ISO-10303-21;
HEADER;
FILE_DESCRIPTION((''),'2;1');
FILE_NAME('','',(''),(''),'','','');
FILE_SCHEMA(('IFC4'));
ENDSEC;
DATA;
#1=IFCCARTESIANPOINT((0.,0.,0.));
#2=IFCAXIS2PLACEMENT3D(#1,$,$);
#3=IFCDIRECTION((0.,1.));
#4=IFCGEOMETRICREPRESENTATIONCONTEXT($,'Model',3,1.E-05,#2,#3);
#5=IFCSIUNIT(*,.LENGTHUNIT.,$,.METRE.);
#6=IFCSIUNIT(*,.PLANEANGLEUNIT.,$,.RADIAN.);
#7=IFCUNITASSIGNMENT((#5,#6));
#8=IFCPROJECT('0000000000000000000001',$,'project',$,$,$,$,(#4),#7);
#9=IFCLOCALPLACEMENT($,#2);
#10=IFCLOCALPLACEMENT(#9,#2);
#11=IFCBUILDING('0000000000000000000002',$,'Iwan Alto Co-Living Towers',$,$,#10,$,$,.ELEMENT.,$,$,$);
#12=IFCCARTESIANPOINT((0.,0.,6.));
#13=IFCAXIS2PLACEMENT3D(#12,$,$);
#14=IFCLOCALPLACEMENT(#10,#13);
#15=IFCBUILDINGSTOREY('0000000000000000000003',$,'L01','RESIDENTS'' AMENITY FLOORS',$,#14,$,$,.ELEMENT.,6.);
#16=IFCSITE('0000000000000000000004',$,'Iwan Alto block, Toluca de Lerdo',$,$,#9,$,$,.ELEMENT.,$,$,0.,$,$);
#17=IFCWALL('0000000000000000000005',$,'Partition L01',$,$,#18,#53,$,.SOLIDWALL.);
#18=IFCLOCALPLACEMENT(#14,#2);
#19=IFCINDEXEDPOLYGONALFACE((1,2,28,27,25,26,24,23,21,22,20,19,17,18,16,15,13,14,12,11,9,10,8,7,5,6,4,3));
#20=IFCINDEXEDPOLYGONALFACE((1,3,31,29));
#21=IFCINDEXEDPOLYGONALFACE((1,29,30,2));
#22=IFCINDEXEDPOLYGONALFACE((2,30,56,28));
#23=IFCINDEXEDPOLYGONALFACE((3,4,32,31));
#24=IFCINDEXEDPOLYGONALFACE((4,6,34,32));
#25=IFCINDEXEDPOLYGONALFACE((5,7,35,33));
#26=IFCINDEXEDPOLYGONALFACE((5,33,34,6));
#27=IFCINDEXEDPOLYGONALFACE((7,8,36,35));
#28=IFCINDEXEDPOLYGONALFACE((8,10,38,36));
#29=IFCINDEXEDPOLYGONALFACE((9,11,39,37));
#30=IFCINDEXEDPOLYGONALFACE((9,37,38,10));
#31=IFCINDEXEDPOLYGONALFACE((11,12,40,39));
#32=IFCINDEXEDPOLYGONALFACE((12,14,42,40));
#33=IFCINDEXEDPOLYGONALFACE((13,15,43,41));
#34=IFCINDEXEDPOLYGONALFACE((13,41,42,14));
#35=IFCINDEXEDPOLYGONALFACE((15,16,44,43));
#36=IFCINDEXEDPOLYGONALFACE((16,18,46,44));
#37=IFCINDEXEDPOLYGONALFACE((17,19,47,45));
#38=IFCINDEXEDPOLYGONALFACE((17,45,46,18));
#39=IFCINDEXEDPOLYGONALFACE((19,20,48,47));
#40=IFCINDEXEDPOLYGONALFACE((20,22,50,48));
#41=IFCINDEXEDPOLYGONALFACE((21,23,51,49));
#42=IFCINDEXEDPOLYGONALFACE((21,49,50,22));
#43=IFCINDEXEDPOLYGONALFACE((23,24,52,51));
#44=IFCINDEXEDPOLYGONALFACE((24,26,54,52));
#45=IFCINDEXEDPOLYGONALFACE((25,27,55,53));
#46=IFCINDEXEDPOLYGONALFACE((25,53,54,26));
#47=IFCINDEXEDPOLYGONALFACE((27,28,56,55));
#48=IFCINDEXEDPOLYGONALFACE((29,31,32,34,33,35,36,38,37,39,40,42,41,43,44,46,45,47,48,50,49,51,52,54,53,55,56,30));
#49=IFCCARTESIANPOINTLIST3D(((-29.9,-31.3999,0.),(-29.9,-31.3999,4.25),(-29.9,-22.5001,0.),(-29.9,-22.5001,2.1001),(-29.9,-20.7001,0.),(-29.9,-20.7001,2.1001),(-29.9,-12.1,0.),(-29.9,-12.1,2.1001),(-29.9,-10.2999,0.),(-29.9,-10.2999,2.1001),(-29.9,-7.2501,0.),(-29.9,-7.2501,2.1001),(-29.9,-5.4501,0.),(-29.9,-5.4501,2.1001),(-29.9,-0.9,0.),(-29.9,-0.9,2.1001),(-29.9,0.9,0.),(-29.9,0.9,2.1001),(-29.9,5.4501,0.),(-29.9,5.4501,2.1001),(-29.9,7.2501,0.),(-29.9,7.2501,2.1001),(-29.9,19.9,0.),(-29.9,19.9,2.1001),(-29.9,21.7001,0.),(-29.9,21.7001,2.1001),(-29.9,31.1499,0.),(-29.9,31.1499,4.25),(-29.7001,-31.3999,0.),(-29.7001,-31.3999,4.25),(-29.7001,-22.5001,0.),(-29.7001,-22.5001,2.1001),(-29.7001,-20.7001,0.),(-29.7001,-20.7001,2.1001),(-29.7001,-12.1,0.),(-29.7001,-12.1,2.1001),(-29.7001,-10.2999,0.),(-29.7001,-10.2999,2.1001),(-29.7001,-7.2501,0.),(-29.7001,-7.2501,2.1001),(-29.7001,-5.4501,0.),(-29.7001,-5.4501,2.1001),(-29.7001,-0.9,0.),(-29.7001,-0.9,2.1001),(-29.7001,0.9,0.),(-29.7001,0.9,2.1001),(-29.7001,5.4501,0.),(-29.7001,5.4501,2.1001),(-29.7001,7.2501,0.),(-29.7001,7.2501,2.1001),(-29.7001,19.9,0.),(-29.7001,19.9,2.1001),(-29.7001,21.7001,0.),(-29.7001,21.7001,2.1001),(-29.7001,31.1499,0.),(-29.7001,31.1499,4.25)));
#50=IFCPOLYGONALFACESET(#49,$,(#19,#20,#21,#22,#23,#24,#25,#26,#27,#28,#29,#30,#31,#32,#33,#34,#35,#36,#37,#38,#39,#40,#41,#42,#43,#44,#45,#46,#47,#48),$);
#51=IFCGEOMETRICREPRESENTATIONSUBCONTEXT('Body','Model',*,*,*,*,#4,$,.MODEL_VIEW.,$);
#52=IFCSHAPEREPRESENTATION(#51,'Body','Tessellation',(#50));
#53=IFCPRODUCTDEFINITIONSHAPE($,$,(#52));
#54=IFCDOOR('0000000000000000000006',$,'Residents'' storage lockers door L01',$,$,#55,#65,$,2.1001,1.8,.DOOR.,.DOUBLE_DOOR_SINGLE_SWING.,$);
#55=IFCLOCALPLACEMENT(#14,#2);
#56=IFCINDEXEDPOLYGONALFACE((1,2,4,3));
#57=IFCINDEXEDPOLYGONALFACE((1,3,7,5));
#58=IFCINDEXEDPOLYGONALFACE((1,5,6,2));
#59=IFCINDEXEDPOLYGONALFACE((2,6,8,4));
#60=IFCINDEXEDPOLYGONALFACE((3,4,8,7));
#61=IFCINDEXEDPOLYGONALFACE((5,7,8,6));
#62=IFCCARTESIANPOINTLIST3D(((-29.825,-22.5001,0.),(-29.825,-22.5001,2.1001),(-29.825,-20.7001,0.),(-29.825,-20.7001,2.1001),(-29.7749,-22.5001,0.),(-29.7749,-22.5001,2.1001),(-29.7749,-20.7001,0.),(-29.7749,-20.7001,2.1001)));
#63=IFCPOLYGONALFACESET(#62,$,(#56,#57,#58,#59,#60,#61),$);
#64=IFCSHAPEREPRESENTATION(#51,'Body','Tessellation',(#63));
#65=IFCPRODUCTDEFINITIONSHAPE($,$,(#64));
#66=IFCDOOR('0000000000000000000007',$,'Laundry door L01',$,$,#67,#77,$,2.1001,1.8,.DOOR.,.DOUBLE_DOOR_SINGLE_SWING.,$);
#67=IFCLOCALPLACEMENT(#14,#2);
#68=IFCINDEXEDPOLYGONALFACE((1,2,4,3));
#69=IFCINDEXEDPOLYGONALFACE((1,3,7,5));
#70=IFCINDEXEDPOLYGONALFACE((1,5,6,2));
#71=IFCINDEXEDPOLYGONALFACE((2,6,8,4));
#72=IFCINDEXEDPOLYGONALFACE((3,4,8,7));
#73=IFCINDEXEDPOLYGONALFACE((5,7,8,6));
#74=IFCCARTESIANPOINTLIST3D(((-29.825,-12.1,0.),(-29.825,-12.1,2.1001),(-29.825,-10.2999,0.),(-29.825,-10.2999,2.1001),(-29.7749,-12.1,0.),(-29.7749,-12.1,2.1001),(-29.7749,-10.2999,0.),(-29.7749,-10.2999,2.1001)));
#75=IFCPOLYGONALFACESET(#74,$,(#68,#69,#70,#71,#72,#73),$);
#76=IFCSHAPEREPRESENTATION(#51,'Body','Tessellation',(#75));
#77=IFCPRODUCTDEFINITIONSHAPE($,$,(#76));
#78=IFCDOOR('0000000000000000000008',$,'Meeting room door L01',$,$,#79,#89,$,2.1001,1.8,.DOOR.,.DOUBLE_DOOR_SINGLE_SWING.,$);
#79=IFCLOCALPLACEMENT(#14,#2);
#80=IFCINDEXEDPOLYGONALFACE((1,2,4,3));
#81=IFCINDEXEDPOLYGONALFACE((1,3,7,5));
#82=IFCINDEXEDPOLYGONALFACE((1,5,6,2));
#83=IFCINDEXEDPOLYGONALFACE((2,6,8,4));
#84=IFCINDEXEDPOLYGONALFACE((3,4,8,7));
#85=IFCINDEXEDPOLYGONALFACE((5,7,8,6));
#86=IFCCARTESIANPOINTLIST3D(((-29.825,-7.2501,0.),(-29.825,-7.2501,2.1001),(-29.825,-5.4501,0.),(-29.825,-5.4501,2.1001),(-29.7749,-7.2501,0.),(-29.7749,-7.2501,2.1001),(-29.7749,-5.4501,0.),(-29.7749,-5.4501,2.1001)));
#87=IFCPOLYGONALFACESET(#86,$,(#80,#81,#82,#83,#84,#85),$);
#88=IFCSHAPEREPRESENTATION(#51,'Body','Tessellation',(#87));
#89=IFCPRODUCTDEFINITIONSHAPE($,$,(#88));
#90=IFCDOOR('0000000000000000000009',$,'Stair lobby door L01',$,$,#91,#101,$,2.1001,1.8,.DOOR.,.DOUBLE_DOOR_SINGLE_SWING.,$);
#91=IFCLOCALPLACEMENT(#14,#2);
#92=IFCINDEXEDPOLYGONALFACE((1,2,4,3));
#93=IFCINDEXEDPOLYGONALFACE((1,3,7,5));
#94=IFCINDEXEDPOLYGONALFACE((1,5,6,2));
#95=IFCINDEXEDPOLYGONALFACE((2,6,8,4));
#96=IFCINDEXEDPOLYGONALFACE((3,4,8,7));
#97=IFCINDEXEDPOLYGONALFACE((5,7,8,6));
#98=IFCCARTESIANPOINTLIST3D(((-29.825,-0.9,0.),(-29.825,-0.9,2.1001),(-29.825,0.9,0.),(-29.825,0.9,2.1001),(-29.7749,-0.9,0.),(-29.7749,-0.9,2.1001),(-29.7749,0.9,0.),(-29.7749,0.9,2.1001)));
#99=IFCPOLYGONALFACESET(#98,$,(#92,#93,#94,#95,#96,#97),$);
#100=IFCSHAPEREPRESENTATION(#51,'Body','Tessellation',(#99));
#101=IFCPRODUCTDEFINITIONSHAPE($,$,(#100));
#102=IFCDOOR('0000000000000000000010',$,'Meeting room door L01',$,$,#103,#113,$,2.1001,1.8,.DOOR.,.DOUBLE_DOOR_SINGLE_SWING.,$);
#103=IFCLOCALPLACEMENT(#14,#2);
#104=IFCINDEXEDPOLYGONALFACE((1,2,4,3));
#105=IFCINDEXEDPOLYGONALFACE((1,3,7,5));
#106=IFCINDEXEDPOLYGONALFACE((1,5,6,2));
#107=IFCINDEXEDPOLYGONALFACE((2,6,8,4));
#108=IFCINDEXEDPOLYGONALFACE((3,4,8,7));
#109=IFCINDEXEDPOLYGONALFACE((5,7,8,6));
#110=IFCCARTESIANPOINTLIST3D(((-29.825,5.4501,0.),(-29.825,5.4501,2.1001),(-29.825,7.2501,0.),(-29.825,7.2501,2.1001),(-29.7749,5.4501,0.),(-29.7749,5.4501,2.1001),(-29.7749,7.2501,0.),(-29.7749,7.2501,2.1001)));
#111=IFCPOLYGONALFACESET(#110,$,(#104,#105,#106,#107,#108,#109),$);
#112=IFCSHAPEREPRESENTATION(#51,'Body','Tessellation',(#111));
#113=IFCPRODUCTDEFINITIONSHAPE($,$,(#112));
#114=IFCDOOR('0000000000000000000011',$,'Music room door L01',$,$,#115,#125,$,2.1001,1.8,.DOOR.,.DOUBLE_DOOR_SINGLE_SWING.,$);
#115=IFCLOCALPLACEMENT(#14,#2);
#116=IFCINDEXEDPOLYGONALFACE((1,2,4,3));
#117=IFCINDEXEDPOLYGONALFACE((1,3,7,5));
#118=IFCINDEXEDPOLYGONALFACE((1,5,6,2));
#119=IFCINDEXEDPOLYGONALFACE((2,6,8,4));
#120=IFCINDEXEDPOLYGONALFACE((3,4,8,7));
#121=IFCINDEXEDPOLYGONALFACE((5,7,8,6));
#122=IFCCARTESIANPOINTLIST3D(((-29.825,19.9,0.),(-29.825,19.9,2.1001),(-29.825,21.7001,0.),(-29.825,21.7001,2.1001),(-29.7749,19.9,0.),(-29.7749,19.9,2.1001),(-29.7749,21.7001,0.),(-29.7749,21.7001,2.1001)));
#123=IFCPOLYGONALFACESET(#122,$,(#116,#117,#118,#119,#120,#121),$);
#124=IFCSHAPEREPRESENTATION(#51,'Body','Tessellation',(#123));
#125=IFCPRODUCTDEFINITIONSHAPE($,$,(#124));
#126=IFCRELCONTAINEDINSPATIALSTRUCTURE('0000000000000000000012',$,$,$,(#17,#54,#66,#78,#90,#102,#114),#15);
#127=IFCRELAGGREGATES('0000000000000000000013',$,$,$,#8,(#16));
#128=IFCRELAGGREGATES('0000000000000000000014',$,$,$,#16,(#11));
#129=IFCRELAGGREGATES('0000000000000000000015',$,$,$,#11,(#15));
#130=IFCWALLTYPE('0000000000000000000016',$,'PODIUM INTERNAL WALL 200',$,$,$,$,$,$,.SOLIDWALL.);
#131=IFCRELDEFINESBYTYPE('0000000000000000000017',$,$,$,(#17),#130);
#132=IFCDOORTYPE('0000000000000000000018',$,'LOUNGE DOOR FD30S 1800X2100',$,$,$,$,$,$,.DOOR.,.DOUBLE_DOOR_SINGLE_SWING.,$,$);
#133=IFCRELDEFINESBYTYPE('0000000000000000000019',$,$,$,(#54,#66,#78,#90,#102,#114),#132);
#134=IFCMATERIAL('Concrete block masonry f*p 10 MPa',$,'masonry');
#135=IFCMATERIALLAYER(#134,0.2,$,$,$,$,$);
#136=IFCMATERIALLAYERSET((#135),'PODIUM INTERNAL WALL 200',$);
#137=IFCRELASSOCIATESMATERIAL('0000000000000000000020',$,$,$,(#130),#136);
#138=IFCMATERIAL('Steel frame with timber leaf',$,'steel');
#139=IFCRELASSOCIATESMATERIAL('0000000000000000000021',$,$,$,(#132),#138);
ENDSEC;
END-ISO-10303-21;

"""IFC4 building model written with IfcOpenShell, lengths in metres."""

from ifc_helpers import new_model, si_unit, direction, frame, frame_2d, origin, place, context, subcontext, project, spatial, rectangle, extrude, material, layer, layer_set, type_object, element, fill, save


model = new_model("IFC4")

# Units and contexts
model_context = context("Model", 3, precision=1e-05, world=origin(), true_north=direction((0.0, 1.0)))
body_context = subcontext(model_context, "Body", "Model", "MODEL_VIEW")
ifc_project = project(units=[si_unit("LENGTHUNIT", "METRE"), si_unit("PLANEANGLEUNIT", "RADIAN")], contexts=[model_context])

# Site, building, storey
site_placement = place(None, origin())
site = spatial("IfcSite", under=ifc_project, at=site_placement, Name="Iwan Alto block, Toluca de Lerdo", CompositionType="ELEMENT", RefElevation=0.0)
building_placement = place(site_placement, origin())
building = spatial("IfcBuilding", under=site, at=building_placement, Name="Iwan Alto Co-Living Towers", CompositionType="ELEMENT")
storey_placement = place(building_placement, frame((0.0, 0.0, 6.0)))
storey = spatial("IfcBuildingStorey", under=building, at=storey_placement, Name="L01", Description="RESIDENTS' AMENITY FLOORS", CompositionType="ELEMENT", Elevation=6.0)

# Shared definitions
ifc_material_1 = material(Name="Concrete block masonry f*p 10 MPa", Category="masonry")
ifc_layer = layer(ifc_material_1, 0.2)
ifc_layer_set = layer_set([ifc_layer], Name="PODIUM INTERNAL WALL 200")
wall_type = type_object("IfcWallType", Name="PODIUM INTERNAL WALL 200", PredefinedType="SOLIDWALL", material=ifc_layer_set)

# Wall, openings, doors
ifc_material_2 = material(Name="Steel frame with timber leaf", Category="steel")
door_type = type_object("IfcDoorType", Name="LOUNGE DOOR FD30S 1800X2100", OperationType="DOUBLE_DOOR_SINGLE_SWING", PredefinedType="DOOR", material=ifc_material_2)
wall_1_placement = place(storey_placement, frame((-29.8, -31.3999, 0.0), z_axis=(0.0, 0.0, 1.0), x_axis=(0.0, 1.0, 0.0)))
wall_1 = element("IfcWall", 1, at=wall_1_placement, inside=storey, type_object=wall_type, Name="Partition L01", PredefinedType="SOLIDWALL", context=body_context, shape_type="SweptSolid", body=[
    extrude(rectangle(XDim=62.5498, YDim=0.2, at=frame_2d((31.2749, 0.0))), origin(), (0.0, 0.0, 1.0), 4.25),
])
opening_1_placement = place(wall_1_placement, frame((8.8999, 0.0, 0.0)))
opening_1 = element("IfcOpeningElement", 2, at=opening_1_placement, cuts=wall_1, PredefinedType="OPENING", context=body_context, shape_type="SweptSolid", body=[
    extrude(rectangle(XDim=1.8, YDim=2.1001, at=frame_2d((0.8999, 1.05))), frame((0.0, 0.1099, 0.0), z_axis=(0.0, -1.0, 0.0), x_axis=(1.0, 0.0, 0.0)), (0.0, 0.0, 1.0), 0.22),
])
opening_2_placement = place(wall_1_placement, frame((19.3, 0.0, 0.0)))
opening_2 = element("IfcOpeningElement", 3, at=opening_2_placement, cuts=wall_1, PredefinedType="OPENING", context=body_context, shape_type="SweptSolid", body=[
    extrude(rectangle(XDim=1.8, YDim=2.1001, at=frame_2d((0.8999, 1.05))), frame((0.0, 0.1099, 0.0), z_axis=(0.0, -1.0, 0.0), x_axis=(1.0, 0.0, 0.0)), (0.0, 0.0, 1.0), 0.22),
])
opening_3_placement = place(wall_1_placement, frame((24.1499, 0.0, 0.0)))
opening_3 = element("IfcOpeningElement", 4, at=opening_3_placement, cuts=wall_1, PredefinedType="OPENING", context=body_context, shape_type="SweptSolid", body=[
    extrude(rectangle(XDim=1.8, YDim=2.1001, at=frame_2d((0.8999, 1.05))), frame((0.0, 0.1099, 0.0), z_axis=(0.0, -1.0, 0.0), x_axis=(1.0, 0.0, 0.0)), (0.0, 0.0, 1.0), 0.22),
])
opening_4_placement = place(wall_1_placement, frame((30.5, 0.0, 0.0)))
opening_4 = element("IfcOpeningElement", 5, at=opening_4_placement, cuts=wall_1, PredefinedType="OPENING", context=body_context, shape_type="SweptSolid", body=[
    extrude(rectangle(XDim=1.8, YDim=2.1001, at=frame_2d((0.8999, 1.05))), frame((0.0, 0.1099, 0.0), z_axis=(0.0, -1.0, 0.0), x_axis=(1.0, 0.0, 0.0)), (0.0, 0.0, 1.0), 0.22),
])
opening_5_placement = place(wall_1_placement, frame((36.8501, 0.0, 0.0)))
opening_5 = element("IfcOpeningElement", 6, at=opening_5_placement, cuts=wall_1, PredefinedType="OPENING", context=body_context, shape_type="SweptSolid", body=[
    extrude(rectangle(XDim=1.8, YDim=2.1001, at=frame_2d((0.8999, 1.05))), frame((0.0, 0.1099, 0.0), z_axis=(0.0, -1.0, 0.0), x_axis=(1.0, 0.0, 0.0)), (0.0, 0.0, 1.0), 0.22),
])
opening_6_placement = place(wall_1_placement, frame((51.3, 0.0, 0.0)))
opening_6 = element("IfcOpeningElement", 7, at=opening_6_placement, cuts=wall_1, PredefinedType="OPENING", context=body_context, shape_type="SweptSolid", body=[
    extrude(rectangle(XDim=1.8, YDim=2.1001, at=frame_2d((0.8999, 1.05))), frame((0.0, 0.1099, 0.0), z_axis=(0.0, -1.0, 0.0), x_axis=(1.0, 0.0, 0.0)), (0.0, 0.0, 1.0), 0.22),
])
door_1_placement = place(opening_1_placement, origin())
door_1 = element("IfcDoor", 8, at=door_1_placement, inside=storey, type_object=door_type, Name="Residents' storage lockers door L01", OperationType="DOUBLE_DOOR_SINGLE_SWING", OverallHeight=2.1001, OverallWidth=1.8, PredefinedType="DOOR", context=body_context, shape_type="SweptSolid", body=[
    extrude(rectangle(XDim=1.8, YDim=2.1001, at=frame_2d((0.8999, 1.05))), frame((0.0, 0.0249, 0.0), z_axis=(0.0, -1.0, 0.0), x_axis=(1.0, 0.0, 0.0)), (0.0, 0.0, 1.0), 0.05),
])
fill(opening_1, door_1)
door_2_placement = place(opening_2_placement, origin())
door_2 = element("IfcDoor", 9, at=door_2_placement, inside=storey, type_object=door_type, Name="Laundry door L01", OperationType="DOUBLE_DOOR_SINGLE_SWING", OverallHeight=2.1001, OverallWidth=1.8, PredefinedType="DOOR", context=body_context, shape_type="SweptSolid", body=[
    extrude(rectangle(XDim=1.8, YDim=2.1001, at=frame_2d((0.8999, 1.05))), frame((0.0, 0.0249, 0.0), z_axis=(0.0, -1.0, 0.0), x_axis=(1.0, 0.0, 0.0)), (0.0, 0.0, 1.0), 0.05),
])
fill(opening_2, door_2)
door_3_placement = place(opening_3_placement, origin())
door_3 = element("IfcDoor", 10, at=door_3_placement, inside=storey, type_object=door_type, Name="Meeting room door L01", OperationType="DOUBLE_DOOR_SINGLE_SWING", OverallHeight=2.1001, OverallWidth=1.8, PredefinedType="DOOR", context=body_context, shape_type="SweptSolid", body=[
    extrude(rectangle(XDim=1.8, YDim=2.1001, at=frame_2d((0.8999, 1.05))), frame((0.0, 0.0249, 0.0), z_axis=(0.0, -1.0, 0.0), x_axis=(1.0, 0.0, 0.0)), (0.0, 0.0, 1.0), 0.05),
])
fill(opening_3, door_3)
door_4_placement = place(opening_4_placement, origin())
door_4 = element("IfcDoor", 11, at=door_4_placement, inside=storey, type_object=door_type, Name="Stair lobby door L01", OperationType="DOUBLE_DOOR_SINGLE_SWING", OverallHeight=2.1001, OverallWidth=1.8, PredefinedType="DOOR", context=body_context, shape_type="SweptSolid", body=[
    extrude(rectangle(XDim=1.8, YDim=2.1001, at=frame_2d((0.8999, 1.05))), frame((0.0, 0.0249, 0.0), z_axis=(0.0, -1.0, 0.0), x_axis=(1.0, 0.0, 0.0)), (0.0, 0.0, 1.0), 0.05),
])
fill(opening_4, door_4)
door_5_placement = place(opening_5_placement, origin())
door_5 = element("IfcDoor", 12, at=door_5_placement, inside=storey, type_object=door_type, Name="Meeting room door L01", OperationType="DOUBLE_DOOR_SINGLE_SWING", OverallHeight=2.1001, OverallWidth=1.8, PredefinedType="DOOR", context=body_context, shape_type="SweptSolid", body=[
    extrude(rectangle(XDim=1.8, YDim=2.1001, at=frame_2d((0.8999, 1.05))), frame((0.0, 0.0249, 0.0), z_axis=(0.0, -1.0, 0.0), x_axis=(1.0, 0.0, 0.0)), (0.0, 0.0, 1.0), 0.05),
])
fill(opening_5, door_5)
door_6_placement = place(opening_6_placement, origin())
door_6 = element("IfcDoor", 13, at=door_6_placement, inside=storey, type_object=door_type, Name="Music room door L01", OperationType="DOUBLE_DOOR_SINGLE_SWING", OverallHeight=2.1001, OverallWidth=1.8, PredefinedType="DOOR", context=body_context, shape_type="SweptSolid", body=[
    extrude(rectangle(XDim=1.8, YDim=2.1001, at=frame_2d((0.8999, 1.05))), frame((0.0, 0.0249, 0.0), z_axis=(0.0, -1.0, 0.0), x_axis=(1.0, 0.0, 0.0)), (0.0, 0.0, 1.0), 0.05),
])
fill(opening_6, door_6)

save(model, "model.ifc")
